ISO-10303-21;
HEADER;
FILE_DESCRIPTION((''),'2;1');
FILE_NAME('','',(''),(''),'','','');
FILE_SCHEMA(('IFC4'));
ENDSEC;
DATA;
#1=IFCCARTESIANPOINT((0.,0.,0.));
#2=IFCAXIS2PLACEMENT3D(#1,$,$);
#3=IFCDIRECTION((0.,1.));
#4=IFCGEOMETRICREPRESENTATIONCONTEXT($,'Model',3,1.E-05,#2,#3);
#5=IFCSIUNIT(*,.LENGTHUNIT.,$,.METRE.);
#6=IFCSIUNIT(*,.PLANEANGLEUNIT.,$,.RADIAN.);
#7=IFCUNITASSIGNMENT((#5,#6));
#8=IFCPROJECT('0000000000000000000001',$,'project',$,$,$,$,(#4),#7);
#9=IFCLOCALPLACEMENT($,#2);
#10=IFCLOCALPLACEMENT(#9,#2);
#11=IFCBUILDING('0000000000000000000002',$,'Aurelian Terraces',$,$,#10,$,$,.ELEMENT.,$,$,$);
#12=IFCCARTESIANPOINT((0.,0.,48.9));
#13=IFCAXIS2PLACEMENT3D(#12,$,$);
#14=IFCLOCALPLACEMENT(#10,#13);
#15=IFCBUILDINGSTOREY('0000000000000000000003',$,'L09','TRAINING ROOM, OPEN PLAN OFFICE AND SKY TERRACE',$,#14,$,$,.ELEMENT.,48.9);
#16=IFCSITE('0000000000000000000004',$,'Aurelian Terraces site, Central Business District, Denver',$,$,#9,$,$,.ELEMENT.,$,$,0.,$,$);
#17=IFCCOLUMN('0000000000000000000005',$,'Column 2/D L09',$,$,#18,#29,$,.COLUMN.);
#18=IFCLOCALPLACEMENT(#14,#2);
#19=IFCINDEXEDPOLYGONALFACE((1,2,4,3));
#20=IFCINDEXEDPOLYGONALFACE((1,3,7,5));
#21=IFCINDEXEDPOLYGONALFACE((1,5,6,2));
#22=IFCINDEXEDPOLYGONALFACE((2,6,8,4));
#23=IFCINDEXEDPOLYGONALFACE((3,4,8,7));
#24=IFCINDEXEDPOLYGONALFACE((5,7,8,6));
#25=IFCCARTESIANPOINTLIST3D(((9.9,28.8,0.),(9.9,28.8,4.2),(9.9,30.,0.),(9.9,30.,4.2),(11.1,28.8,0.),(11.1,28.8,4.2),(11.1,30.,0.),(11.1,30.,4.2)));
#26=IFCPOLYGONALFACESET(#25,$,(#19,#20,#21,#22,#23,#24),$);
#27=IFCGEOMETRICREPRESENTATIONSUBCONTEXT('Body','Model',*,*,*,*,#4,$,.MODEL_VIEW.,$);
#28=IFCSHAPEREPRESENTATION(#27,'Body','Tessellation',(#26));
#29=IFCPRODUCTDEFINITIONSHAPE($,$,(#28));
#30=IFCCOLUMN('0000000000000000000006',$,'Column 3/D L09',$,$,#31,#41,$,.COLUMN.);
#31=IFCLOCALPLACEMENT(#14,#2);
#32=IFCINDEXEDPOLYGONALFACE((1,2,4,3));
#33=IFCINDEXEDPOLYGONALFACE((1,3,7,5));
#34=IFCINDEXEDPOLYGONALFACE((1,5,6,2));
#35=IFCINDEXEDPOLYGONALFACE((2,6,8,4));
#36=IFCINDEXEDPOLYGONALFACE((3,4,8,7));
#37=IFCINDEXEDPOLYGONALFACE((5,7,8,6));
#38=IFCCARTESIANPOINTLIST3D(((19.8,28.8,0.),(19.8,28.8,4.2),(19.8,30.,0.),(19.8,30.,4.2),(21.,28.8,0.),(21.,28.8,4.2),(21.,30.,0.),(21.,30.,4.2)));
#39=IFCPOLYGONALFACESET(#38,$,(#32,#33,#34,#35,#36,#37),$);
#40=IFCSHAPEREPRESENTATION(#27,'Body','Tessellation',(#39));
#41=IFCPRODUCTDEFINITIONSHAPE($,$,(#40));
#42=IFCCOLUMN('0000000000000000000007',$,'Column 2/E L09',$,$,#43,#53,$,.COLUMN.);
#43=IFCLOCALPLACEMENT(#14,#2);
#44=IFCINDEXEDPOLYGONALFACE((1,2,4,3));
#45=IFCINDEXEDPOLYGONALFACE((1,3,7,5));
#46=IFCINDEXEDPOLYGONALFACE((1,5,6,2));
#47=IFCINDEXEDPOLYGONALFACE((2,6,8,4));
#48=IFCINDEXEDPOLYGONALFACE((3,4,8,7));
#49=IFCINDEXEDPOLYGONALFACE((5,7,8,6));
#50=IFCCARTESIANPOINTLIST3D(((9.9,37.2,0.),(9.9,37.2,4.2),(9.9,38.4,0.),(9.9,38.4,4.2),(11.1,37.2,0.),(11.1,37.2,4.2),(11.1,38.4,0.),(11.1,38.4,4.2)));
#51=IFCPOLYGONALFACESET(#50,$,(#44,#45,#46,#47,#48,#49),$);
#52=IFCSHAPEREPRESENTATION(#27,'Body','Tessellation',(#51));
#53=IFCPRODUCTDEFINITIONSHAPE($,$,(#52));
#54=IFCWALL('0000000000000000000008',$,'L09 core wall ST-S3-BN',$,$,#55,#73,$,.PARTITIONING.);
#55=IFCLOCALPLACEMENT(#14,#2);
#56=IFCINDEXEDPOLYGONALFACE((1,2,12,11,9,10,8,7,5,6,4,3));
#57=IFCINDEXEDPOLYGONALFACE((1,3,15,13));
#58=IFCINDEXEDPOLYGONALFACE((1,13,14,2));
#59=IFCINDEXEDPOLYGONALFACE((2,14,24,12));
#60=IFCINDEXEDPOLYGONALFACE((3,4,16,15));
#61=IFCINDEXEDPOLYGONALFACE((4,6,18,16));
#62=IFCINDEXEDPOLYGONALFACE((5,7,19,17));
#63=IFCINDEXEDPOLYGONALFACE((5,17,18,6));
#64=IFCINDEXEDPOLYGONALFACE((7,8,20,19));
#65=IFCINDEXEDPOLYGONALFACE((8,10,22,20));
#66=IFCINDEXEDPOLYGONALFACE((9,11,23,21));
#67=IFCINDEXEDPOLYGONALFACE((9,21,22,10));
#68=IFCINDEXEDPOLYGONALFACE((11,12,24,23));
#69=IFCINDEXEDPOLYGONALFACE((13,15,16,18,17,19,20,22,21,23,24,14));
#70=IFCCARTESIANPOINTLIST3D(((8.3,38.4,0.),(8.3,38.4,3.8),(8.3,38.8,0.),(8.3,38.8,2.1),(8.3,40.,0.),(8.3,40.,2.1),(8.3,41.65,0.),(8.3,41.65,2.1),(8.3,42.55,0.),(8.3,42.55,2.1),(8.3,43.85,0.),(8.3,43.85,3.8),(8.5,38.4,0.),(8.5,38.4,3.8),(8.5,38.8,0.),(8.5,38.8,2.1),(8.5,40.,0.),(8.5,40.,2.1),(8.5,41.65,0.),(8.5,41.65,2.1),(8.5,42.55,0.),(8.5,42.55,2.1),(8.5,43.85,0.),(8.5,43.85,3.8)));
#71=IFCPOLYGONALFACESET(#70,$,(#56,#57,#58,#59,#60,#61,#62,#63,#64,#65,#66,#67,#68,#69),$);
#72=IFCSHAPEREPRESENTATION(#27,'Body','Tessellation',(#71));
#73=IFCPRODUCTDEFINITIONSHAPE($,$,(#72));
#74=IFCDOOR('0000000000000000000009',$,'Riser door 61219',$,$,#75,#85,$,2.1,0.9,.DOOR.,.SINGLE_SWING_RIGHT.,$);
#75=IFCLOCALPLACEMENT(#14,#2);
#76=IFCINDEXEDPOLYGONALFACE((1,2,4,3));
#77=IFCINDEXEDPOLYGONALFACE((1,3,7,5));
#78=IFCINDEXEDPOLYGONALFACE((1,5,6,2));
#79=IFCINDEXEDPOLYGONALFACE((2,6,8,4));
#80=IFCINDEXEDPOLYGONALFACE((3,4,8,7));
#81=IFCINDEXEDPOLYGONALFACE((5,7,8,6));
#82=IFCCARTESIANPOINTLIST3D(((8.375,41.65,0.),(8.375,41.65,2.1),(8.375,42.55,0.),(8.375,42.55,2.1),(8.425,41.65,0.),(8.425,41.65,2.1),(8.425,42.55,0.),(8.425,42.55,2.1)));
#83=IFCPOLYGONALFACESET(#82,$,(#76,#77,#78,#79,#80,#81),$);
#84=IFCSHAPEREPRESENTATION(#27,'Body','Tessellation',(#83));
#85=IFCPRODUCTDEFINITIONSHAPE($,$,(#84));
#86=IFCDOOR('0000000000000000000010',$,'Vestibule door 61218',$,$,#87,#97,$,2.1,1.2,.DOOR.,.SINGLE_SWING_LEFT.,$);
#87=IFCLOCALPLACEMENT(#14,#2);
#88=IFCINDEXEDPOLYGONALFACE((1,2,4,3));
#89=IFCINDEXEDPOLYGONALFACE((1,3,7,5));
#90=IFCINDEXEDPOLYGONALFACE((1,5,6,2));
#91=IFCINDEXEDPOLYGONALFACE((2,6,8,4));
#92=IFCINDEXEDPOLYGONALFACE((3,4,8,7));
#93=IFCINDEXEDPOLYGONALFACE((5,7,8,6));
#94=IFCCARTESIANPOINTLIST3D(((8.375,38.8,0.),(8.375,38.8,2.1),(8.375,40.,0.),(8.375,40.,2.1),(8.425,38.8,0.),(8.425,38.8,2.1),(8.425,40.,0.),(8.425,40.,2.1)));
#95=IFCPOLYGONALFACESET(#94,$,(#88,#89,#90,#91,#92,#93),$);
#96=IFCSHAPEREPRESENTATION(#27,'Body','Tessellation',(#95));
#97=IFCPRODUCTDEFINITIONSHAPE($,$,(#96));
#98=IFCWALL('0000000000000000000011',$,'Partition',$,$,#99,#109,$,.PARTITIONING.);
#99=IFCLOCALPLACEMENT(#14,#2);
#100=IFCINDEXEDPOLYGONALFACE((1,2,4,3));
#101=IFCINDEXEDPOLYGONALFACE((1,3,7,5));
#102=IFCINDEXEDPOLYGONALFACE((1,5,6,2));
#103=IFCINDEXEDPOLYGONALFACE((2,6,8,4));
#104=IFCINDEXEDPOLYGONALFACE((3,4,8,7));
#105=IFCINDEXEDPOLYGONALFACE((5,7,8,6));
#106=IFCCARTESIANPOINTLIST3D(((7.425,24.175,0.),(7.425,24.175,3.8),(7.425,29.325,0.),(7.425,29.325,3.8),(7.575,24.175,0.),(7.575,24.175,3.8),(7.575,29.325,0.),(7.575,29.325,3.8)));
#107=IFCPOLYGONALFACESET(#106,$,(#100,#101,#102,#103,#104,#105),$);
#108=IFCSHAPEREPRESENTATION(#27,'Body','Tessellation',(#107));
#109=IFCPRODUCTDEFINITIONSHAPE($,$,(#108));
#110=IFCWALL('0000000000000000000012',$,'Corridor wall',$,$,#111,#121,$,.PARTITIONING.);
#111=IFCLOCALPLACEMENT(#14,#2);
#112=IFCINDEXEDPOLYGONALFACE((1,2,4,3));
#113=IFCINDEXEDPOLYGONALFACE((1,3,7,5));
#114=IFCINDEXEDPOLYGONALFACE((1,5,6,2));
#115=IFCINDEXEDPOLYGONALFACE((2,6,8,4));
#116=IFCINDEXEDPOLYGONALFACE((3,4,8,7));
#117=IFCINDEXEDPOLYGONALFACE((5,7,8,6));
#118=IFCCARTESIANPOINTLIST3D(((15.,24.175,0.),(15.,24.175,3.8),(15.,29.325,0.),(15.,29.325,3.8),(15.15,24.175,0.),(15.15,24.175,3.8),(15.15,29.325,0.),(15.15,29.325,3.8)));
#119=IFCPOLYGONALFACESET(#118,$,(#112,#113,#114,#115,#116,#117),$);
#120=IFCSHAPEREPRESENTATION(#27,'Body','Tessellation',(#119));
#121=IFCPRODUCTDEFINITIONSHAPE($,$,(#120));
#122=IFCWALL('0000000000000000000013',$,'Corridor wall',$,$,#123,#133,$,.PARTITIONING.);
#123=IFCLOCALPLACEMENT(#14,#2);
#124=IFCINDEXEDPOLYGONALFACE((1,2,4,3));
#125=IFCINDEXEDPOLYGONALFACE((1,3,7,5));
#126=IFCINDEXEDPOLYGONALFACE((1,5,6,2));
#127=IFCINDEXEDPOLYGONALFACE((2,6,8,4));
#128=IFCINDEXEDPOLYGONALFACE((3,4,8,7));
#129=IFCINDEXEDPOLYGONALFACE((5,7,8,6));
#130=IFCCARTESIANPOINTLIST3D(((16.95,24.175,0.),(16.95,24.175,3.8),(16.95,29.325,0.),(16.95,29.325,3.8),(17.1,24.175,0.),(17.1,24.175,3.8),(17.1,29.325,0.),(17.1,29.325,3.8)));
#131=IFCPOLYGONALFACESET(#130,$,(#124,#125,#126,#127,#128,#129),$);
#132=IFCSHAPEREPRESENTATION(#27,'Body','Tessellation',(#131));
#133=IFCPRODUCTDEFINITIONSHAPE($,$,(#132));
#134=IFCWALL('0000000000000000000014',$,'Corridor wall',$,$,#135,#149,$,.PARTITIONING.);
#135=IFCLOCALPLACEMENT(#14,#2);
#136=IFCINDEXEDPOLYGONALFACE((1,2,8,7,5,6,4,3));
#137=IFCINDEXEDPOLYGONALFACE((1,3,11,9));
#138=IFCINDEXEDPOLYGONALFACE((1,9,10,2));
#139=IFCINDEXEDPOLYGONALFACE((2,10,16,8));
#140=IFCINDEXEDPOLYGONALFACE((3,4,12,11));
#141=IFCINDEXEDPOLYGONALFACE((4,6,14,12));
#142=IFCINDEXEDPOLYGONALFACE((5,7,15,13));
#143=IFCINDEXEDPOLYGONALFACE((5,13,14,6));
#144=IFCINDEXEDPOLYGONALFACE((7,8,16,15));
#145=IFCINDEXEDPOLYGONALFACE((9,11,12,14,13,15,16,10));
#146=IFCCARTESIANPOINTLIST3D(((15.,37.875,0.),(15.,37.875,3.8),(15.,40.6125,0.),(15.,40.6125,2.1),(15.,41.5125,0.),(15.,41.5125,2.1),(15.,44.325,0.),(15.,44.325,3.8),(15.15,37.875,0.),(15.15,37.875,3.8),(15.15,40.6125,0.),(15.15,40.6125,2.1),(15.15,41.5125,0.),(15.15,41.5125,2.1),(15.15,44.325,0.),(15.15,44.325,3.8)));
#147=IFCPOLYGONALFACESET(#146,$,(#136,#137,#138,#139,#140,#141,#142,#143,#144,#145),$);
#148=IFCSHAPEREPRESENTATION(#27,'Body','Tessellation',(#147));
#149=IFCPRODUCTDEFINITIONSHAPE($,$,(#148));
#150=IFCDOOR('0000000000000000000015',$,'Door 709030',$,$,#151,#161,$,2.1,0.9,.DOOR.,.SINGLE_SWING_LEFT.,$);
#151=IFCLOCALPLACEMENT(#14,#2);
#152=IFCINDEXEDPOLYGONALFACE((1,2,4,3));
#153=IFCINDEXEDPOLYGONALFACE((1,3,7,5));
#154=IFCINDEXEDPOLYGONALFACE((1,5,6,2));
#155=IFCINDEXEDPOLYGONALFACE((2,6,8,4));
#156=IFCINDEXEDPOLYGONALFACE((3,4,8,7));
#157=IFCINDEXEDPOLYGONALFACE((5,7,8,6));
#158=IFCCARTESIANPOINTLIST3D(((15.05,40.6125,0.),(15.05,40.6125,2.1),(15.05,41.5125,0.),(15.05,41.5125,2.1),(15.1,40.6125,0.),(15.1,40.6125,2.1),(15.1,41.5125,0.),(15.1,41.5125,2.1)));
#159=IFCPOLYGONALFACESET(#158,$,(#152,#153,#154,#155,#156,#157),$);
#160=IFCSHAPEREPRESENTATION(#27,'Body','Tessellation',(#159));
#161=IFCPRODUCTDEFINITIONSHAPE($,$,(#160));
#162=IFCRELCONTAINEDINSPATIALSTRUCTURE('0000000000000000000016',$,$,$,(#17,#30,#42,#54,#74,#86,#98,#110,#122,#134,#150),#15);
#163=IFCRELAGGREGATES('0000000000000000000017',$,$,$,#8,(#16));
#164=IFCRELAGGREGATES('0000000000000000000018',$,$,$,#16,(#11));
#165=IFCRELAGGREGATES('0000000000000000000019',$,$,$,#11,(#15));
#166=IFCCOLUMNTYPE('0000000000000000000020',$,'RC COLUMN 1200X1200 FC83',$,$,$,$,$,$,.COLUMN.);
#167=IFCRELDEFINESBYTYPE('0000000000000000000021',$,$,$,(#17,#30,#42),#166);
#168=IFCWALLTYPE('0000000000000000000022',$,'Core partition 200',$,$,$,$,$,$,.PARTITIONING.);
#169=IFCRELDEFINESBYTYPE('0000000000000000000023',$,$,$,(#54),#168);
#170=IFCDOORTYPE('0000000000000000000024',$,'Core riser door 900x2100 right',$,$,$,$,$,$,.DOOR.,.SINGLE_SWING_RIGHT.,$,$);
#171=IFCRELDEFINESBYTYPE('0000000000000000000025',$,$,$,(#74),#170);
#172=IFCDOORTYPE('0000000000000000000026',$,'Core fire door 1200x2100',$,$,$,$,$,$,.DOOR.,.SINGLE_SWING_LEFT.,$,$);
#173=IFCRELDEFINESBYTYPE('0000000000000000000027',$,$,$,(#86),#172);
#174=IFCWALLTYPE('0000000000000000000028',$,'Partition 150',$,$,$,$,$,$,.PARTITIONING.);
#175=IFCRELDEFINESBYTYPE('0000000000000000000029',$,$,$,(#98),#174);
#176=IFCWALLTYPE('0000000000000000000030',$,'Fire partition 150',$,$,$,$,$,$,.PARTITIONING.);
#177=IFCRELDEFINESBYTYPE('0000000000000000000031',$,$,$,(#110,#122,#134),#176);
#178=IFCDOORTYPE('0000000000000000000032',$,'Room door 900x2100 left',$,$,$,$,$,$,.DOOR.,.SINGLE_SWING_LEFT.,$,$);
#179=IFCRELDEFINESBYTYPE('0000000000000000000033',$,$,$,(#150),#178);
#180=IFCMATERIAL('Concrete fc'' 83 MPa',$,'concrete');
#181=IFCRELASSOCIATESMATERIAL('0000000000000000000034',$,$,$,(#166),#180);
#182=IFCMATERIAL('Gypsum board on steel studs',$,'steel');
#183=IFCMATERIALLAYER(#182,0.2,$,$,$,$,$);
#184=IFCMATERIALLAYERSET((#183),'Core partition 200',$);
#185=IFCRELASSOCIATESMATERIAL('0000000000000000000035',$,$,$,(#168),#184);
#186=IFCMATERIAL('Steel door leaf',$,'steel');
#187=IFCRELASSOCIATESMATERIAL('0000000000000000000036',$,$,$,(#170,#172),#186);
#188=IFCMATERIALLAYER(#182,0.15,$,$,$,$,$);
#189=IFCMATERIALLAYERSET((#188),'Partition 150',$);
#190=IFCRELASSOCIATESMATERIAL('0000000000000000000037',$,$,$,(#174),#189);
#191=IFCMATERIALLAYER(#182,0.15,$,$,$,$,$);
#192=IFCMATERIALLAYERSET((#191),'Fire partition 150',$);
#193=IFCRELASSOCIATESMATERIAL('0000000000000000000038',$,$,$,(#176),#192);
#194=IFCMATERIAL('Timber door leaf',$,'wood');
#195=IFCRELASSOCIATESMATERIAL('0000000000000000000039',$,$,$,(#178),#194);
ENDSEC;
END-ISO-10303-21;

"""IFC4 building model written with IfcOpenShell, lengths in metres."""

from ifc_helpers import new_model, si_unit, direction, frame, frame_2d, origin, origin_2d, place, context, subcontext, project, spatial, rectangle, extrude, source, transform, mapped, material, layer, layer_set, material_profile, profile_set, type_object, element, fill, save


model = new_model("IFC4")

# Units and contexts
model_context = context("Model", 3, precision=1e-05, world=origin(), true_north=direction((0.0, 1.0)))
body_context = subcontext(model_context, "Body", "Model", "MODEL_VIEW")
ifc_project = project(units=[si_unit("LENGTHUNIT", "METRE"), si_unit("PLANEANGLEUNIT", "RADIAN")], contexts=[model_context])

# Site, building, storey
site_placement = place(None, origin())
site = spatial("IfcSite", under=ifc_project, at=site_placement, Name="Aurelian Terraces site, Central Business District, Denver", CompositionType="ELEMENT", RefElevation=0.0)
building_placement = place(site_placement, origin())
building = spatial("IfcBuilding", under=site, at=building_placement, Name="Aurelian Terraces", CompositionType="ELEMENT")
storey_placement = place(building_placement, frame((0.0, 0.0, 48.9)))
storey = spatial("IfcBuildingStorey", under=building, at=storey_placement, Name="L09", Description="TRAINING ROOM, OPEN PLAN OFFICE AND SKY TERRACE", CompositionType="ELEMENT", Elevation=48.9)

# Columns
ifc_material_1 = material(Name="Concrete fc' 83 MPa", Category="concrete")
ifc_material_profile = material_profile(ifc_material_1, rectangle(XDim=1.2, YDim=1.2, at=origin_2d()))
ifc_profile_set = profile_set([ifc_material_profile], Name="Concrete fc' 83 MPa")
column_type = type_object("IfcColumnType", Name="RC COLUMN 1200X1200 FC83", PredefinedType="COLUMN", material=ifc_profile_set)
shared_shape_1 = source(origin(), body_context, "Body", "SweptSolid", [
    extrude(rectangle(XDim=1.2, YDim=1.2, at=origin_2d()), origin(), (0.0, 0.0, 1.0), 4.2),
])
for number, where, z_axis, x_axis, name in (
    (1, (10.5, 29.4, 0.0), (0.0, 0.0, 1.0), (1.0, 0.0, 0.0), "Column 2/D L09"),
    (2, (20.4, 29.4, 0.0), (0.0, 0.0, 1.0), (1.0, 0.0, 0.0), "Column 3/D L09"),
    (3, (10.5, 37.8, 0.0), (0.0, 0.0, 1.0), (1.0, 0.0, 0.0), "Column 2/E L09"),
):
    element("IfcColumn", number, at=place(storey_placement, frame(where, z_axis=z_axis, x_axis=x_axis)), inside=storey, type_object=column_type, Name=name, PredefinedType="COLUMN", context=body_context, shape_type="MappedRepresentation", body=[
        mapped(shared_shape_1, transform((0.0, 0.0, 0.0), scale=1.0)),
    ])

# Wall, openings, doors
ifc_material_2 = material(Name="Gypsum board on steel studs", Category="steel")
ifc_layer_1 = layer(ifc_material_2, 0.2)
ifc_layer_set_1 = layer_set([ifc_layer_1], Name="Core partition 200")
wall_type_1 = type_object("IfcWallType", Name="Core partition 200", PredefinedType="PARTITIONING", material=ifc_layer_set_1)
shared_shape_2 = source(origin(), body_context, "Body", "SweptSolid", [
    extrude(rectangle(XDim=5.45, YDim=0.2, at=frame_2d((2.725, 0.0))), origin(), (0.0, 0.0, 1.0), 3.8),
])
wall_1_placement = place(storey_placement, frame((8.4, 38.4, 0.0), z_axis=(0.0, 0.0, 1.0), x_axis=(0.0, 1.0, 0.0)))
wall_1 = element("IfcWall", 4, at=wall_1_placement, inside=storey, type_object=wall_type_1, Name="L09 core wall ST-S3-BN", PredefinedType="PARTITIONING", context=body_context, shape_type="MappedRepresentation", body=[
    mapped(shared_shape_2, transform((0.0, 0.0, 0.0), scale=1.0)),
])
shared_shape_3 = source(origin(), body_context, "Body", "SweptSolid", [
    extrude(rectangle(XDim=1.2, YDim=2.1, at=frame_2d((0.6, 1.05))), frame((0.0, 0.11, 0.0), z_axis=(0.0, -1.0, 0.0), x_axis=(1.0, 0.0, 0.0)), (0.0, 0.0, 1.0), 0.22),
])
opening_1_placement = place(wall_1_placement, frame((0.4, 0.0, 0.0)))
opening_1 = element("IfcOpeningElement", 5, at=opening_1_placement, cuts=wall_1, PredefinedType="OPENING", context=body_context, shape_type="MappedRepresentation", body=[
    mapped(shared_shape_3, transform((0.0, 0.0, 0.0), scale=1.0)),
])
shared_shape_4 = source(origin(), body_context, "Body", "SweptSolid", [
    extrude(rectangle(XDim=0.9, YDim=2.1, at=frame_2d((0.45, 1.05))), frame((0.0, 0.11, 0.0), z_axis=(0.0, -1.0, 0.0), x_axis=(1.0, 0.0, 0.0)), (0.0, 0.0, 1.0), 0.22),
])
opening_2_placement = place(wall_1_placement, frame((3.25, 0.0, 0.0)))
opening_2 = element("IfcOpeningElement", 6, at=opening_2_placement, cuts=wall_1, PredefinedType="OPENING", context=body_context, shape_type="MappedRepresentation", body=[
    mapped(shared_shape_4, transform((0.0, 0.0, 0.0), scale=1.0)),
])
ifc_material_3 = material(Name="Steel door leaf", Category="steel")
door_type_1 = type_object("IfcDoorType", Name="Core riser door 900x2100 right", OperationType="SINGLE_SWING_RIGHT", PredefinedType="DOOR", material=ifc_material_3)
shared_shape_5 = source(origin(), body_context, "Body", "SweptSolid", [
    extrude(rectangle(XDim=0.9, YDim=2.1, at=frame_2d((0.45, 1.05))), frame((0.0, 0.025, 0.0), z_axis=(0.0, -1.0, 0.0), x_axis=(1.0, 0.0, 0.0)), (0.0, 0.0, 1.0), 0.05),
])
door_1_placement = place(opening_2_placement, origin())
door_1 = element("IfcDoor", 7, at=door_1_placement, inside=storey, type_object=door_type_1, Name="Riser door 61219", OperationType="SINGLE_SWING_RIGHT", OverallHeight=2.1, OverallWidth=0.9, PredefinedType="DOOR", context=body_context, shape_type="MappedRepresentation", body=[
    mapped(shared_shape_5, transform((0.0, 0.0, 0.0), scale=1.0)),
])
fill(opening_2, door_1)
door_type_2 = type_object("IfcDoorType", Name="Core fire door 1200x2100", OperationType="SINGLE_SWING_LEFT", PredefinedType="DOOR", material=ifc_material_3)
shared_shape_6 = source(origin(), body_context, "Body", "SweptSolid", [
    extrude(rectangle(XDim=1.2, YDim=2.1, at=frame_2d((0.6, 1.05))), frame((0.0, 0.025, 0.0), z_axis=(0.0, -1.0, 0.0), x_axis=(1.0, 0.0, 0.0)), (0.0, 0.0, 1.0), 0.05),
])
door_2_placement = place(opening_1_placement, origin())
door_2 = element("IfcDoor", 8, at=door_2_placement, inside=storey, type_object=door_type_2, Name="Vestibule door 61218", OperationType="SINGLE_SWING_LEFT", OverallHeight=2.1, OverallWidth=1.2, PredefinedType="DOOR", context=body_context, shape_type="MappedRepresentation", body=[
    mapped(shared_shape_6, transform((0.0, 0.0, 0.0), scale=1.0)),
])
fill(opening_1, door_2)

# Walls
ifc_layer_2 = layer(ifc_material_2, 0.15)
ifc_layer_set_2 = layer_set([ifc_layer_2], Name="Partition 150")
wall_type_2 = type_object("IfcWallType", Name="Partition 150", PredefinedType="PARTITIONING", material=ifc_layer_set_2)
shared_shape_7 = source(origin(), body_context, "Body", "SweptSolid", [
    extrude(rectangle(XDim=5.15, YDim=0.15, at=frame_2d((2.575, 0.0))), origin(), (0.0, 0.0, 1.0), 3.8),
])
wall_2_placement = place(storey_placement, frame((7.5, 24.175, 0.0), z_axis=(0.0, 0.0, 1.0), x_axis=(0.0, 1.0, 0.0)))
element("IfcWall", 9, at=wall_2_placement, inside=storey, type_object=wall_type_2, Name="Partition", PredefinedType="PARTITIONING", context=body_context, shape_type="MappedRepresentation", body=[
    mapped(shared_shape_7, transform((0.0, 0.0, 0.0), scale=1.0)),
])
ifc_layer_3 = layer(ifc_material_2, 0.15)
ifc_layer_set_3 = layer_set([ifc_layer_3], Name="Fire partition 150")
wall_type_3 = type_object("IfcWallType", Name="Fire partition 150", PredefinedType="PARTITIONING", material=ifc_layer_set_3)
for number, where, z_axis, x_axis, name in (
    (10, (15.075, 24.175, 0.0), (0.0, 0.0, 1.0), (0.0, 1.0, 0.0), "Corridor wall"),
    (11, (17.025, 29.325, 0.0), (0.0, 0.0, 1.0), (0.0, -1.0, 0.0), "Corridor wall"),
):
    element("IfcWall", number, at=place(storey_placement, frame(where, z_axis=z_axis, x_axis=x_axis)), inside=storey, type_object=wall_type_3, Name=name, PredefinedType="PARTITIONING", context=body_context, shape_type="MappedRepresentation", body=[
        mapped(shared_shape_7, transform((0.0, 0.0, 0.0), scale=1.0)),
    ])

# Wall, opening, door
shared_shape_8 = source(origin(), body_context, "Body", "SweptSolid", [
    extrude(rectangle(XDim=6.45, YDim=0.15, at=frame_2d((3.225, 0.0))), origin(), (0.0, 0.0, 1.0), 3.8),
])
wall_3_placement = place(storey_placement, frame((15.075, 37.875, 0.0), z_axis=(0.0, 0.0, 1.0), x_axis=(0.0, 1.0, 0.0)))
wall_3 = element("IfcWall", 12, at=wall_3_placement, inside=storey, type_object=wall_type_3, Name="Corridor wall", PredefinedType="PARTITIONING", context=body_context, shape_type="MappedRepresentation", body=[
    mapped(shared_shape_8, transform((0.0, 0.0, 0.0), scale=1.0)),
])
shared_shape_9 = source(origin(), body_context, "Body", "SweptSolid", [
    extrude(rectangle(XDim=0.9, YDim=2.1, at=frame_2d((0.45, 1.05))), frame((0.0, 0.085, 0.0), z_axis=(0.0, -1.0, 0.0), x_axis=(1.0, 0.0, 0.0)), (0.0, 0.0, 1.0), 0.17),
])
opening_3_placement = place(wall_3_placement, frame((2.7375, 0.0, 0.0)))
opening_3 = element("IfcOpeningElement", 13, at=opening_3_placement, cuts=wall_3, PredefinedType="OPENING", context=body_context, shape_type="MappedRepresentation", body=[
    mapped(shared_shape_9, transform((0.0, 0.0, 0.0), scale=1.0)),
])
ifc_material_4 = material(Name="Timber door leaf", Category="wood")
door_type_3 = type_object("IfcDoorType", Name="Room door 900x2100 left", OperationType="SINGLE_SWING_LEFT", PredefinedType="DOOR", material=ifc_material_4)
door_3_placement = place(opening_3_placement, origin())
door_3 = element("IfcDoor", 14, at=door_3_placement, inside=storey, type_object=door_type_3, Name="Door 709030", OperationType="SINGLE_SWING_LEFT", OverallHeight=2.1, OverallWidth=0.9, PredefinedType="DOOR", context=body_context, shape_type="MappedRepresentation", body=[
    mapped(shared_shape_5, transform((0.0, 0.0, 0.0), scale=1.0)),
])
fill(opening_3, door_3)

save(model, "model.ifc")
